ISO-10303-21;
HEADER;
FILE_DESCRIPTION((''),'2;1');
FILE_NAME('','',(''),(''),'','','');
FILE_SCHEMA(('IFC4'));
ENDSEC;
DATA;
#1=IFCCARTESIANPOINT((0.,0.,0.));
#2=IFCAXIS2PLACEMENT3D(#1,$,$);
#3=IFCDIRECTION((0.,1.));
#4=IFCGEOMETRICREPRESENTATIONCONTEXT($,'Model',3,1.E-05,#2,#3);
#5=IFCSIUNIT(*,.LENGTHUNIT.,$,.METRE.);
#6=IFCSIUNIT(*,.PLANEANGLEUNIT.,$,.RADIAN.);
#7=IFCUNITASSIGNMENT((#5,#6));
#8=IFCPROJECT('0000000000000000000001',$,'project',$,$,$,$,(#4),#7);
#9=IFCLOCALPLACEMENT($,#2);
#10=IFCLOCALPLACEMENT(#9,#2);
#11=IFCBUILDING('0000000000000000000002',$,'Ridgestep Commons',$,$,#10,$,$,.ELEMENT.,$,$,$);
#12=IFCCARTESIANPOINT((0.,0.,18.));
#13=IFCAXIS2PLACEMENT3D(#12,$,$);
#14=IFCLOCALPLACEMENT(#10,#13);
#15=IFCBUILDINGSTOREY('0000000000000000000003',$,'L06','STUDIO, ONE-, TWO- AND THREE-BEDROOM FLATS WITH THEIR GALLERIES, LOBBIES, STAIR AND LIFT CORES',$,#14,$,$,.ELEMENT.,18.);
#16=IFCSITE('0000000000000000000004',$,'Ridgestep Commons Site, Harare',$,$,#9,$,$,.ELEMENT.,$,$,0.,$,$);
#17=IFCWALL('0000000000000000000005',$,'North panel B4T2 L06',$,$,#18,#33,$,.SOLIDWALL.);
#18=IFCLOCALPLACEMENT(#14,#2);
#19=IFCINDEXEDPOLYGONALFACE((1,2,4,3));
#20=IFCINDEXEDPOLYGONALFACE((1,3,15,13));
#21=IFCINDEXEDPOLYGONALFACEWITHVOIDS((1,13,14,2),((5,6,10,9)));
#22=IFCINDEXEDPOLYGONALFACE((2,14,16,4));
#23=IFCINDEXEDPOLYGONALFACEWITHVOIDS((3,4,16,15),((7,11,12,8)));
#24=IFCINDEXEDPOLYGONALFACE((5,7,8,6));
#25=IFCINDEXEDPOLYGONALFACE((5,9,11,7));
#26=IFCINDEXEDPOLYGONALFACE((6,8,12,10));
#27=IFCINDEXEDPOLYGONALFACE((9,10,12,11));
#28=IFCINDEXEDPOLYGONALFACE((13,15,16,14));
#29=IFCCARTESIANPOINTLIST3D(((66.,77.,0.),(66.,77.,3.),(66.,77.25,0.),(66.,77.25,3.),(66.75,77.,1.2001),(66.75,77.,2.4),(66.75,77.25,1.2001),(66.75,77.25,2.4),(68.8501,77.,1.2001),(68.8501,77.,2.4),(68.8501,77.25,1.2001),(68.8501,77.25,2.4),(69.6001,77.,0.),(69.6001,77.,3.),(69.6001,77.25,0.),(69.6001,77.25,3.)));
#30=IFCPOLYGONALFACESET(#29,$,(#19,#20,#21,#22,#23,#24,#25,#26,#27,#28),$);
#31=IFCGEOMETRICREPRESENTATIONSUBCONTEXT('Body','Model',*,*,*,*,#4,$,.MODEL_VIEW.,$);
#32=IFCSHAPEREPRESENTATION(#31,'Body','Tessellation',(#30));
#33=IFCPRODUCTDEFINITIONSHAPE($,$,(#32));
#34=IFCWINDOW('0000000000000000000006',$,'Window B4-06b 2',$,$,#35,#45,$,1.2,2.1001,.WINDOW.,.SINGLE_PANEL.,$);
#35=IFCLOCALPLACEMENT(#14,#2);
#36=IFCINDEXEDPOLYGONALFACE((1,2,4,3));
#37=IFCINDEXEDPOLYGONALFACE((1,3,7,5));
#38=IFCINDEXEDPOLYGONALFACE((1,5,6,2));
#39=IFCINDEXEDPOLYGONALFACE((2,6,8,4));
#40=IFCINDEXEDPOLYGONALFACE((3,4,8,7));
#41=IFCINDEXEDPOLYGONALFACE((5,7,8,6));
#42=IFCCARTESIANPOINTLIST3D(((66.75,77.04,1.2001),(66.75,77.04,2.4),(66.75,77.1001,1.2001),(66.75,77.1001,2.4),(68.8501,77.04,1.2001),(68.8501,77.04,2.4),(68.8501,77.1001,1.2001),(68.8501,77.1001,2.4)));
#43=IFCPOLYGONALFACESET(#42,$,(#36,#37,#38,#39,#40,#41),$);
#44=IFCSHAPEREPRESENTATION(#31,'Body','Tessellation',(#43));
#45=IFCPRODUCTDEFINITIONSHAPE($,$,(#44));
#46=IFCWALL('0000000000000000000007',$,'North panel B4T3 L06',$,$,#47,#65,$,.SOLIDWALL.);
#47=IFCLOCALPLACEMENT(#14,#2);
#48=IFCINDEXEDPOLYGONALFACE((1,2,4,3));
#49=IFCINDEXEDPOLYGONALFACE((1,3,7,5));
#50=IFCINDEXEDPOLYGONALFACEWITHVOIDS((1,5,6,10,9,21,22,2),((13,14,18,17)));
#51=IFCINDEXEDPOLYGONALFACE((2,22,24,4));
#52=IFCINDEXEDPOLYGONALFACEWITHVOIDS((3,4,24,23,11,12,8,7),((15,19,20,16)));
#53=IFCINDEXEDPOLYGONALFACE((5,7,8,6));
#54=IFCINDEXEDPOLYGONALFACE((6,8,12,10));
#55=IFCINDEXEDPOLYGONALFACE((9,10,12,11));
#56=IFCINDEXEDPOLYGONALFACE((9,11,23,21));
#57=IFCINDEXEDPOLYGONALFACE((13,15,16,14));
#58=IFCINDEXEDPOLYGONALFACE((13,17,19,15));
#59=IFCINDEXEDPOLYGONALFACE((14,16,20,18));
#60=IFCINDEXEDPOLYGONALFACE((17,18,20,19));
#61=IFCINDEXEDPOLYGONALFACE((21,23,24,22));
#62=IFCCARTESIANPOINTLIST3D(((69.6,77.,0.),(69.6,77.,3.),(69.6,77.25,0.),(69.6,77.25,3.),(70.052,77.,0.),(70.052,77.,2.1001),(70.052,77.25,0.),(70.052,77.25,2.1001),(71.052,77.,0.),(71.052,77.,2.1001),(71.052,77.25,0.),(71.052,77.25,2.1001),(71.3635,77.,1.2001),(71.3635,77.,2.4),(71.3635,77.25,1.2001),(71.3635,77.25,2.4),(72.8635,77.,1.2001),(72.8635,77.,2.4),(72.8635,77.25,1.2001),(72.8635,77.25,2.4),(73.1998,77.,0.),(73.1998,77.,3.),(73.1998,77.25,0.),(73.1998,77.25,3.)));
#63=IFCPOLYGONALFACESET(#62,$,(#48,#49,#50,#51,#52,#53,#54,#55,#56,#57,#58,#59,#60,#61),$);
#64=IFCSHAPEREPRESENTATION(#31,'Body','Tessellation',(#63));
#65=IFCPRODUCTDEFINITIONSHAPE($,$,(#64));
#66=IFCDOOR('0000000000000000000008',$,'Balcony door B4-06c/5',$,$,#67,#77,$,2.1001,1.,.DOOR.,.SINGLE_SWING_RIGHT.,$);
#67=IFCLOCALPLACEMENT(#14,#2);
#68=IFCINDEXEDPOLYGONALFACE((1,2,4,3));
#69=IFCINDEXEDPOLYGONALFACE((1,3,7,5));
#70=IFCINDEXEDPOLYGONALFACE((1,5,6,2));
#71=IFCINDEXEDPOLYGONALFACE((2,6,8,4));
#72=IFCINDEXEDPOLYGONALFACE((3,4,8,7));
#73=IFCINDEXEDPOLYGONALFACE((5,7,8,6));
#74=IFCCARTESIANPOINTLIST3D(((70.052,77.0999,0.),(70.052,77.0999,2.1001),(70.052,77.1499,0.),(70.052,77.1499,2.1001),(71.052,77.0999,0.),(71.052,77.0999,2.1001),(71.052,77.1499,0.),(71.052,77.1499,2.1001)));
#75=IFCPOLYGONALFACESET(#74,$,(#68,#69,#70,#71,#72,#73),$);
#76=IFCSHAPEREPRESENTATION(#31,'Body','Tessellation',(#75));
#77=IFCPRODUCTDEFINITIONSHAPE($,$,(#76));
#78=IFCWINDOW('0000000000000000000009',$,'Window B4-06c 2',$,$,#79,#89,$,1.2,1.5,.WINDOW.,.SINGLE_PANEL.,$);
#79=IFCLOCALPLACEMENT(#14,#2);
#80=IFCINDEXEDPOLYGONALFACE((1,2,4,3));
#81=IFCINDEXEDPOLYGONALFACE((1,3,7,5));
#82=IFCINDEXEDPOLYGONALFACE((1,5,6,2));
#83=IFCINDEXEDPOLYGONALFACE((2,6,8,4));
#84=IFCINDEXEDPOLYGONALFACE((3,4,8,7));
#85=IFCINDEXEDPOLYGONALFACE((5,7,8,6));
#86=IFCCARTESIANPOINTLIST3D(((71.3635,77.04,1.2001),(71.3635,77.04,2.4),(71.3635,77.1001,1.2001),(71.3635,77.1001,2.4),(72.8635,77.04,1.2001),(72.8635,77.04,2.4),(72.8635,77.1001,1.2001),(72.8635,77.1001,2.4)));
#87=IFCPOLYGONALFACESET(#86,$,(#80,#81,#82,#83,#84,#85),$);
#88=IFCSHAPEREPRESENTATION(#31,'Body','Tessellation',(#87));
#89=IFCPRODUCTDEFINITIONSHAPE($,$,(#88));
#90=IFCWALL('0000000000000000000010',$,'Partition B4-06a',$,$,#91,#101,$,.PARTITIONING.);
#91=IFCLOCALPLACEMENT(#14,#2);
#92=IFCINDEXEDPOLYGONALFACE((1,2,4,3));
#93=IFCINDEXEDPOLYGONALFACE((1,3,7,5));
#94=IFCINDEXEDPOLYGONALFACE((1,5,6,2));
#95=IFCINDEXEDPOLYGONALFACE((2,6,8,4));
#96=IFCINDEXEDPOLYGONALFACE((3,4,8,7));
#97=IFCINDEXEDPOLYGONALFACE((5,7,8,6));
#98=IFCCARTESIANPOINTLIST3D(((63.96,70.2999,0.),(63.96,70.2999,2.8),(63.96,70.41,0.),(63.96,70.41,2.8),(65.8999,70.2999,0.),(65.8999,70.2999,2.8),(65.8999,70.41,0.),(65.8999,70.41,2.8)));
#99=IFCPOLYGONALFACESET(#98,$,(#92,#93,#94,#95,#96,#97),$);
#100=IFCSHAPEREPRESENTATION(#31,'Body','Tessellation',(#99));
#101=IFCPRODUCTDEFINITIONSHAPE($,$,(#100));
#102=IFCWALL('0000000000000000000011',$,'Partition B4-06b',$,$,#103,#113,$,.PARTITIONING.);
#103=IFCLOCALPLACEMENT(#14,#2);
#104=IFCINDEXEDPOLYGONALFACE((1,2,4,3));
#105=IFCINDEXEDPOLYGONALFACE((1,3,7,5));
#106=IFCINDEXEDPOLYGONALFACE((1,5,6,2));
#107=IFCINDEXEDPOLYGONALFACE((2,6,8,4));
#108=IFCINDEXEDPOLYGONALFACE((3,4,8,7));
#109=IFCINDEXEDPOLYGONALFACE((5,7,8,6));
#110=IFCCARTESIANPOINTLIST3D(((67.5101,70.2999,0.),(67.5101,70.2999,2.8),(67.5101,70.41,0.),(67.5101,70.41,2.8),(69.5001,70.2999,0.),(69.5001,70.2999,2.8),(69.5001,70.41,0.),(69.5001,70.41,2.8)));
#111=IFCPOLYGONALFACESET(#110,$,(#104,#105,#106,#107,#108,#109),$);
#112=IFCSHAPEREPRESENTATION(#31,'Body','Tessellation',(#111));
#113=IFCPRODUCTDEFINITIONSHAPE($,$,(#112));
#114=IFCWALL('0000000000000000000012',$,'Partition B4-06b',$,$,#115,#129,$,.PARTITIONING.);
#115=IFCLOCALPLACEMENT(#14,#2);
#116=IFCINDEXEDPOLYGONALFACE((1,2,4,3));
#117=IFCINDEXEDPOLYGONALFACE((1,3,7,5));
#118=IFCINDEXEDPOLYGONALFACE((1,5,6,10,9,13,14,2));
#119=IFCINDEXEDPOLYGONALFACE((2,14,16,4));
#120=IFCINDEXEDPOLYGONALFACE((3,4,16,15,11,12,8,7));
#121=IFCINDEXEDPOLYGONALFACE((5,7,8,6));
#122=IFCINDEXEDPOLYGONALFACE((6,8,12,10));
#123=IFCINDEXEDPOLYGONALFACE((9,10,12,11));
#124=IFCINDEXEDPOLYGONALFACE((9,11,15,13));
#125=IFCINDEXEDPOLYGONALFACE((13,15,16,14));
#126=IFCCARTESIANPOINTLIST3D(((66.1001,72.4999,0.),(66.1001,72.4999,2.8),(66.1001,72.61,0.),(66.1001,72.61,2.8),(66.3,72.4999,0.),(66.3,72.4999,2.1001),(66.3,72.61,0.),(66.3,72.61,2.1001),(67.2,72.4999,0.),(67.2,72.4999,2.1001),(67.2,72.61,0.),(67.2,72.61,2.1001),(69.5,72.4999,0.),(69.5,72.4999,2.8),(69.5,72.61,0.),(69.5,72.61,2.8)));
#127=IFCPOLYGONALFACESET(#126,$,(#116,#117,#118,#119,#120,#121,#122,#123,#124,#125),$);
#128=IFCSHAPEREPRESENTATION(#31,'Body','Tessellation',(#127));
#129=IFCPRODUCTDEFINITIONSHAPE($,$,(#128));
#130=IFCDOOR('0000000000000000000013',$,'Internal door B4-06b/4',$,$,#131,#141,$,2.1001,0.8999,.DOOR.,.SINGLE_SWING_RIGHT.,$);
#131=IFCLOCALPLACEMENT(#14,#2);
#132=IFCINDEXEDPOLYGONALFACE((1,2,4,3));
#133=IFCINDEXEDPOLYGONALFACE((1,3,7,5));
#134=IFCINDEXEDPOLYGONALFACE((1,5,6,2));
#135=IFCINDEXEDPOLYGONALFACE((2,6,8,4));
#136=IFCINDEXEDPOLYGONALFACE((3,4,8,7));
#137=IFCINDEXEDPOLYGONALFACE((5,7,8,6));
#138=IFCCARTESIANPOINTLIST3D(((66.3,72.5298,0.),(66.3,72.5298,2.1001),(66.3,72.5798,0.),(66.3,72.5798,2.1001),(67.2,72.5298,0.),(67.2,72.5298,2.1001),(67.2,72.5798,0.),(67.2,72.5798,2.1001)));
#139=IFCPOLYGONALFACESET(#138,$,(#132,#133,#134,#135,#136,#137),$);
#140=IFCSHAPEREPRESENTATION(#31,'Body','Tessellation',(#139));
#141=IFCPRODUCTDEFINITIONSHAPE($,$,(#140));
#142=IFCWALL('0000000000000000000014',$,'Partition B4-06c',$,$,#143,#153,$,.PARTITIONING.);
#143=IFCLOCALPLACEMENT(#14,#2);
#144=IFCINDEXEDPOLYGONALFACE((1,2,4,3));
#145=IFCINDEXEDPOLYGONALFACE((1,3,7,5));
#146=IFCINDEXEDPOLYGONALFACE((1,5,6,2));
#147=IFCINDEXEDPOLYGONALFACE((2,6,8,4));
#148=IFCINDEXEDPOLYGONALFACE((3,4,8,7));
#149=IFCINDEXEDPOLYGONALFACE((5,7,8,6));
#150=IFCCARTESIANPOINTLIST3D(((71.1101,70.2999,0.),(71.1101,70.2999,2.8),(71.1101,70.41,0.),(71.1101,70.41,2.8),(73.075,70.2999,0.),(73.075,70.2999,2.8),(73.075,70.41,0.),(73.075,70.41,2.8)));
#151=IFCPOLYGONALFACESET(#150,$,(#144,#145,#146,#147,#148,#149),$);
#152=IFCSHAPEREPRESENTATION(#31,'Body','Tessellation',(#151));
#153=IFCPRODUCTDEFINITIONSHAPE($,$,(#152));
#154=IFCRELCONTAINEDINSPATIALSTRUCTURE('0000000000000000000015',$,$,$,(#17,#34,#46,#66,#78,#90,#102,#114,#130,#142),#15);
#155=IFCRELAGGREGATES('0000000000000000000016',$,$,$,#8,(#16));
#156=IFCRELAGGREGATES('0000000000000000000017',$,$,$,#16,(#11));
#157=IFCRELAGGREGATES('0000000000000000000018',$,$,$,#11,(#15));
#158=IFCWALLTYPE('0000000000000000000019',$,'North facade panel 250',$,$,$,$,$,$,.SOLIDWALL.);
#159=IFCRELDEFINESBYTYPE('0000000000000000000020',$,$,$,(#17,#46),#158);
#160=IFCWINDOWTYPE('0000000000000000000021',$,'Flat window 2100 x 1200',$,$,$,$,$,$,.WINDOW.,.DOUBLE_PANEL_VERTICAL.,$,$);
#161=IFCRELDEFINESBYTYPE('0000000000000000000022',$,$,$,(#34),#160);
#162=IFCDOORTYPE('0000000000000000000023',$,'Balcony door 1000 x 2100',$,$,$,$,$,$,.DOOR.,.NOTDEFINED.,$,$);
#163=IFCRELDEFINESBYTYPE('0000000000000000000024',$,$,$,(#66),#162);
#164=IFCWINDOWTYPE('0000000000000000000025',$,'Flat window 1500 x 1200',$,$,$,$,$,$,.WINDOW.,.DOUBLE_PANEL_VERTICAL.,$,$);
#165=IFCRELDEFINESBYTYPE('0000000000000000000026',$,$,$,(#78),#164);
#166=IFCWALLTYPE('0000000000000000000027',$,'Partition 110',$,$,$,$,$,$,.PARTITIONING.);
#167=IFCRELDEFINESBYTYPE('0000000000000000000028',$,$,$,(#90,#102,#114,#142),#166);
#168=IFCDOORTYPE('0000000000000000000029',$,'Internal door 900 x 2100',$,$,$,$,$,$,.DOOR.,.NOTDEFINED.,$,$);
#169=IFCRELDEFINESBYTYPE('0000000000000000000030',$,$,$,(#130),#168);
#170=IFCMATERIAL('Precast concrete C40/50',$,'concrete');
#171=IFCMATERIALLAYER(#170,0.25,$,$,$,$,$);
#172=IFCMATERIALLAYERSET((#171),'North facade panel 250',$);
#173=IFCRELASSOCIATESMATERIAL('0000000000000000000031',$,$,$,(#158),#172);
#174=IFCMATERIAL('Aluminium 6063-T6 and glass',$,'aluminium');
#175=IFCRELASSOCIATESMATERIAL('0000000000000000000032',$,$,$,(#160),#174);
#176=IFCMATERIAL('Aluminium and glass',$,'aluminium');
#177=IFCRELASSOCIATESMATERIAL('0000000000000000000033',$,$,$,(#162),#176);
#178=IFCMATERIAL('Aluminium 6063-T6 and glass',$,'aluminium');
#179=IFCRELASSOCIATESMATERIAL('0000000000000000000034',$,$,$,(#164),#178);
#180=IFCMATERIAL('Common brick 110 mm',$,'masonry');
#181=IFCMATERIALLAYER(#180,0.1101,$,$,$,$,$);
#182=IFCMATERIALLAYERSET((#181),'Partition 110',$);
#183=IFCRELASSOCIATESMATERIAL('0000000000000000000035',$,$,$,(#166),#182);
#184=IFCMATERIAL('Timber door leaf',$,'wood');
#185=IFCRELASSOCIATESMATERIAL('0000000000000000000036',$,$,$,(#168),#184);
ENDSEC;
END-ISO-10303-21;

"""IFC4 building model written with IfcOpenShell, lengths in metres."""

from ifc_helpers import new_model, si_unit, direction, frame, frame_2d, origin, place, context, subcontext, project, spatial, rectangle, extrude, material, layer, layer_set, type_object, element, fill, save


model = new_model("IFC4")

# Units and contexts
model_context = context("Model", 3, precision=1e-05, world=origin(), true_north=direction((0.0, 1.0)))
body_context = subcontext(model_context, "Body", "Model", "MODEL_VIEW")
ifc_project = project(units=[si_unit("LENGTHUNIT", "METRE"), si_unit("PLANEANGLEUNIT", "RADIAN")], contexts=[model_context])

# Site, building, storey
site_placement = place(None, origin())
site = spatial("IfcSite", under=ifc_project, at=site_placement, Name="Ridgestep Commons Site, Harare", CompositionType="ELEMENT", RefElevation=0.0)
building_placement = place(site_placement, origin())
building = spatial("IfcBuilding", under=site, at=building_placement, Name="Ridgestep Commons", CompositionType="ELEMENT")
storey_placement = place(building_placement, frame((0.0, 0.0, 18.0)))
storey = spatial("IfcBuildingStorey", under=building, at=storey_placement, Name="L06", Description="STUDIO, ONE-, TWO- AND THREE-BEDROOM FLATS WITH THEIR GALLERIES, LOBBIES, STAIR AND LIFT CORES", CompositionType="ELEMENT", Elevation=18.0)

# Wall, opening, window
ifc_material_1 = material(Name="Precast concrete C40/50", Category="concrete")
ifc_layer_1 = layer(ifc_material_1, 0.25)
ifc_layer_set_1 = layer_set([ifc_layer_1], Name="North facade panel 250")
wall_type_1 = type_object("IfcWallType", Name="North facade panel 250", PredefinedType="SOLIDWALL", material=ifc_layer_set_1)
wall_1_placement = place(storey_placement, frame((66.0, 77.125, 0.0), z_axis=(0.0, 0.0, 1.0), x_axis=(1.0, 0.0, 0.0)))
wall_1 = element("IfcWall", 1, at=wall_1_placement, inside=storey, type_object=wall_type_1, Name="North panel B4T2 L06", PredefinedType="SOLIDWALL", context=body_context, shape_type="SweptSolid", body=[
    extrude(rectangle(XDim=3.6001, YDim=0.25, at=frame_2d((1.8, 0.0))), origin(), (0.0, 0.0, 1.0), 3.0),
])
opening_1_placement = place(wall_1_placement, frame((0.75, 0.0, 1.2)))
opening_1 = element("IfcOpeningElement", 2, at=opening_1_placement, cuts=wall_1, PredefinedType="OPENING", context=body_context, shape_type="SweptSolid", body=[
    extrude(rectangle(XDim=2.1001, YDim=1.2, at=frame_2d((1.05, 0.6001))), frame((0.0, 0.135, 0.0), z_axis=(0.0, -1.0, 0.0), x_axis=(1.0, 0.0, 0.0)), (0.0, 0.0, 1.0), 0.27),
])
ifc_material_2 = material(Name="Aluminium 6063-T6 and glass", Category="aluminium")
window_type_1 = type_object("IfcWindowType", Name="Flat window 2100 x 1200", PartitioningType="DOUBLE_PANEL_VERTICAL", PredefinedType="WINDOW", material=ifc_material_2)
window_1_placement = place(opening_1_placement, origin())
window_1 = element("IfcWindow", 3, at=window_1_placement, inside=storey, type_object=window_type_1, Name="Window B4-06b 2", OverallHeight=1.2, OverallWidth=2.1001, PartitioningType="SINGLE_PANEL", PredefinedType="WINDOW", context=body_context, shape_type="SweptSolid", body=[
    extrude(rectangle(XDim=2.1001, YDim=1.2, at=frame_2d((1.05, 0.6001))), frame((0.0, -0.0249, 0.0), z_axis=(0.0, -1.0, 0.0), x_axis=(1.0, 0.0, 0.0)), (0.0, 0.0, 1.0), 0.0601),
])
fill(opening_1, window_1)

# Wall, openings, door, window
wall_2_placement = place(storey_placement, frame((69.6001, 77.125, 0.0), z_axis=(0.0, 0.0, 1.0), x_axis=(1.0, 0.0, 0.0)))
wall_2 = element("IfcWall", 4, at=wall_2_placement, inside=storey, type_object=wall_type_1, Name="North panel B4T3 L06", PredefinedType="SOLIDWALL", context=body_context, shape_type="SweptSolid", body=[
    extrude(rectangle(XDim=3.5999, YDim=0.25, at=frame_2d((1.7998, 0.0))), origin(), (0.0, 0.0, 1.0), 3.0),
])
opening_2_placement = place(wall_2_placement, frame((1.7634, 0.0, 1.2)))
opening_2 = element("IfcOpeningElement", 5, at=opening_2_placement, cuts=wall_2, PredefinedType="OPENING", context=body_context, shape_type="SweptSolid", body=[
    extrude(rectangle(XDim=1.5, YDim=1.2, at=frame_2d((0.75, 0.6001))), frame((0.0, 0.135, 0.0), z_axis=(0.0, -1.0, 0.0), x_axis=(1.0, 0.0, 0.0)), (0.0, 0.0, 1.0), 0.27),
])
opening_3_placement = place(wall_2_placement, frame((0.4519, 0.0, 0.0)))
opening_3 = element("IfcOpeningElement", 6, at=opening_3_placement, cuts=wall_2, PredefinedType="OPENING", context=body_context, shape_type="SweptSolid", body=[
    extrude(rectangle(XDim=1.0, YDim=2.1001, at=frame_2d((0.5, 1.05))), frame((0.0, 0.135, 0.0), z_axis=(0.0, -1.0, 0.0), x_axis=(1.0, 0.0, 0.0)), (0.0, 0.0, 1.0), 0.27),
])
ifc_material_3 = material(Name="Aluminium and glass", Category="aluminium")
door_type_1 = type_object("IfcDoorType", Name="Balcony door 1000 x 2100", OperationType="NOTDEFINED", PredefinedType="DOOR", material=ifc_material_3)
door_1_placement = place(opening_3_placement, origin())
door_1 = element("IfcDoor", 7, at=door_1_placement, inside=storey, type_object=door_type_1, Name="Balcony door B4-06c/5", OperationType="SINGLE_SWING_RIGHT", OverallHeight=2.1001, OverallWidth=1.0, PredefinedType="DOOR", context=body_context, shape_type="SweptSolid", body=[
    extrude(rectangle(XDim=1.0, YDim=2.1001, at=frame_2d((0.5, 1.05))), frame((0.0, 0.0249, 0.0), z_axis=(0.0, -1.0, 0.0), x_axis=(1.0, 0.0, 0.0)), (0.0, 0.0, 1.0), 0.05),
])
fill(opening_3, door_1)
ifc_material_4 = material(Name="Aluminium 6063-T6 and glass", Category="aluminium")
window_type_2 = type_object("IfcWindowType", Name="Flat window 1500 x 1200", PartitioningType="DOUBLE_PANEL_VERTICAL", PredefinedType="WINDOW", material=ifc_material_4)
window_2_placement = place(opening_2_placement, origin())
window_2 = element("IfcWindow", 8, at=window_2_placement, inside=storey, type_object=window_type_2, Name="Window B4-06c 2", OverallHeight=1.2, OverallWidth=1.5, PartitioningType="SINGLE_PANEL", PredefinedType="WINDOW", context=body_context, shape_type="SweptSolid", body=[
    extrude(rectangle(XDim=1.5, YDim=1.2, at=frame_2d((0.75, 0.6001))), frame((0.0, -0.0249, 0.0), z_axis=(0.0, -1.0, 0.0), x_axis=(1.0, 0.0, 0.0)), (0.0, 0.0, 1.0), 0.0601),
])
fill(opening_2, window_2)

# Walls
ifc_material_5 = material(Name="Common brick 110 mm", Category="masonry")
ifc_layer_2 = layer(ifc_material_5, 0.1101)
ifc_layer_set_2 = layer_set([ifc_layer_2], Name="Partition 110")
wall_type_2 = type_object("IfcWallType", Name="Partition 110", PredefinedType="PARTITIONING", material=ifc_layer_set_2)
wall_3_placement = place(storey_placement, frame((63.96, 70.355, 0.0), z_axis=(0.0, 0.0, 1.0), x_axis=(1.0, 0.0, 0.0)))
element("IfcWall", 9, at=wall_3_placement, inside=storey, type_object=wall_type_2, Name="Partition B4-06a", PredefinedType="PARTITIONING", context=body_context, shape_type="SweptSolid", body=[
    extrude(rectangle(XDim=1.9399, YDim=0.1101, at=frame_2d((0.97, 0.0))), origin(), (0.0, 0.0, 1.0), 2.8),
])
wall_4_placement = place(storey_placement, frame((67.51, 70.355, 0.0), z_axis=(0.0, 0.0, 1.0), x_axis=(1.0, 0.0, 0.0)))
element("IfcWall", 10, at=wall_4_placement, inside=storey, type_object=wall_type_2, Name="Partition B4-06b", PredefinedType="PARTITIONING", context=body_context, shape_type="SweptSolid", body=[
    extrude(rectangle(XDim=1.99, YDim=0.1101, at=frame_2d((0.9951, 0.0))), origin(), (0.0, 0.0, 1.0), 2.8),
])

# Wall, opening, door
wall_5_placement = place(storey_placement, frame((66.1001, 72.5549, 0.0), z_axis=(0.0, 0.0, 1.0), x_axis=(1.0, 0.0, 0.0)))
wall_5 = element("IfcWall", 11, at=wall_5_placement, inside=storey, type_object=wall_type_2, Name="Partition B4-06b", PredefinedType="PARTITIONING", context=body_context, shape_type="SweptSolid", body=[
    extrude(rectangle(XDim=3.3999, YDim=0.1101, at=frame_2d((1.7, 0.0))), origin(), (0.0, 0.0, 1.0), 2.8),
])
opening_4_placement = place(wall_5_placement, frame((0.2, 0.0, 0.0)))
opening_4 = element("IfcOpeningElement", 12, at=opening_4_placement, cuts=wall_5, PredefinedType="OPENING", context=body_context, shape_type="SweptSolid", body=[
    extrude(rectangle(XDim=0.8999, YDim=2.1001, at=frame_2d((0.45, 1.05))), frame((0.0, 0.0649, 0.0), z_axis=(0.0, -1.0, 0.0), x_axis=(1.0, 0.0, 0.0)), (0.0, 0.0, 1.0), 0.1301),
])
ifc_material_6 = material(Name="Timber door leaf", Category="wood")
door_type_2 = type_object("IfcDoorType", Name="Internal door 900 x 2100", OperationType="NOTDEFINED", PredefinedType="DOOR", material=ifc_material_6)
door_2_placement = place(opening_4_placement, origin())
door_2 = element("IfcDoor", 13, at=door_2_placement, inside=storey, type_object=door_type_2, Name="Internal door B4-06b/4", OperationType="SINGLE_SWING_RIGHT", OverallHeight=2.1001, OverallWidth=0.8999, PredefinedType="DOOR", context=body_context, shape_type="SweptSolid", body=[
    extrude(rectangle(XDim=0.8999, YDim=2.1001, at=frame_2d((0.45, 1.05))), frame((0.0, 0.0249, 0.0), z_axis=(0.0, -1.0, 0.0), x_axis=(1.0, 0.0, 0.0)), (0.0, 0.0, 1.0), 0.05),
])
fill(opening_4, door_2)

# Wall
wall_6_placement = place(storey_placement, frame((71.1101, 70.355, 0.0), z_axis=(0.0, 0.0, 1.0), x_axis=(1.0, 0.0, 0.0)))
element("IfcWall", 14, at=wall_6_placement, inside=storey, type_object=wall_type_2, Name="Partition B4-06c", PredefinedType="PARTITIONING", context=body_context, shape_type="SweptSolid", body=[
    extrude(rectangle(XDim=1.9648, YDim=0.1101, at=frame_2d((0.9824, 0.0))), origin(), (0.0, 0.0, 1.0), 2.8),
])

save(model, "model.ifc")
